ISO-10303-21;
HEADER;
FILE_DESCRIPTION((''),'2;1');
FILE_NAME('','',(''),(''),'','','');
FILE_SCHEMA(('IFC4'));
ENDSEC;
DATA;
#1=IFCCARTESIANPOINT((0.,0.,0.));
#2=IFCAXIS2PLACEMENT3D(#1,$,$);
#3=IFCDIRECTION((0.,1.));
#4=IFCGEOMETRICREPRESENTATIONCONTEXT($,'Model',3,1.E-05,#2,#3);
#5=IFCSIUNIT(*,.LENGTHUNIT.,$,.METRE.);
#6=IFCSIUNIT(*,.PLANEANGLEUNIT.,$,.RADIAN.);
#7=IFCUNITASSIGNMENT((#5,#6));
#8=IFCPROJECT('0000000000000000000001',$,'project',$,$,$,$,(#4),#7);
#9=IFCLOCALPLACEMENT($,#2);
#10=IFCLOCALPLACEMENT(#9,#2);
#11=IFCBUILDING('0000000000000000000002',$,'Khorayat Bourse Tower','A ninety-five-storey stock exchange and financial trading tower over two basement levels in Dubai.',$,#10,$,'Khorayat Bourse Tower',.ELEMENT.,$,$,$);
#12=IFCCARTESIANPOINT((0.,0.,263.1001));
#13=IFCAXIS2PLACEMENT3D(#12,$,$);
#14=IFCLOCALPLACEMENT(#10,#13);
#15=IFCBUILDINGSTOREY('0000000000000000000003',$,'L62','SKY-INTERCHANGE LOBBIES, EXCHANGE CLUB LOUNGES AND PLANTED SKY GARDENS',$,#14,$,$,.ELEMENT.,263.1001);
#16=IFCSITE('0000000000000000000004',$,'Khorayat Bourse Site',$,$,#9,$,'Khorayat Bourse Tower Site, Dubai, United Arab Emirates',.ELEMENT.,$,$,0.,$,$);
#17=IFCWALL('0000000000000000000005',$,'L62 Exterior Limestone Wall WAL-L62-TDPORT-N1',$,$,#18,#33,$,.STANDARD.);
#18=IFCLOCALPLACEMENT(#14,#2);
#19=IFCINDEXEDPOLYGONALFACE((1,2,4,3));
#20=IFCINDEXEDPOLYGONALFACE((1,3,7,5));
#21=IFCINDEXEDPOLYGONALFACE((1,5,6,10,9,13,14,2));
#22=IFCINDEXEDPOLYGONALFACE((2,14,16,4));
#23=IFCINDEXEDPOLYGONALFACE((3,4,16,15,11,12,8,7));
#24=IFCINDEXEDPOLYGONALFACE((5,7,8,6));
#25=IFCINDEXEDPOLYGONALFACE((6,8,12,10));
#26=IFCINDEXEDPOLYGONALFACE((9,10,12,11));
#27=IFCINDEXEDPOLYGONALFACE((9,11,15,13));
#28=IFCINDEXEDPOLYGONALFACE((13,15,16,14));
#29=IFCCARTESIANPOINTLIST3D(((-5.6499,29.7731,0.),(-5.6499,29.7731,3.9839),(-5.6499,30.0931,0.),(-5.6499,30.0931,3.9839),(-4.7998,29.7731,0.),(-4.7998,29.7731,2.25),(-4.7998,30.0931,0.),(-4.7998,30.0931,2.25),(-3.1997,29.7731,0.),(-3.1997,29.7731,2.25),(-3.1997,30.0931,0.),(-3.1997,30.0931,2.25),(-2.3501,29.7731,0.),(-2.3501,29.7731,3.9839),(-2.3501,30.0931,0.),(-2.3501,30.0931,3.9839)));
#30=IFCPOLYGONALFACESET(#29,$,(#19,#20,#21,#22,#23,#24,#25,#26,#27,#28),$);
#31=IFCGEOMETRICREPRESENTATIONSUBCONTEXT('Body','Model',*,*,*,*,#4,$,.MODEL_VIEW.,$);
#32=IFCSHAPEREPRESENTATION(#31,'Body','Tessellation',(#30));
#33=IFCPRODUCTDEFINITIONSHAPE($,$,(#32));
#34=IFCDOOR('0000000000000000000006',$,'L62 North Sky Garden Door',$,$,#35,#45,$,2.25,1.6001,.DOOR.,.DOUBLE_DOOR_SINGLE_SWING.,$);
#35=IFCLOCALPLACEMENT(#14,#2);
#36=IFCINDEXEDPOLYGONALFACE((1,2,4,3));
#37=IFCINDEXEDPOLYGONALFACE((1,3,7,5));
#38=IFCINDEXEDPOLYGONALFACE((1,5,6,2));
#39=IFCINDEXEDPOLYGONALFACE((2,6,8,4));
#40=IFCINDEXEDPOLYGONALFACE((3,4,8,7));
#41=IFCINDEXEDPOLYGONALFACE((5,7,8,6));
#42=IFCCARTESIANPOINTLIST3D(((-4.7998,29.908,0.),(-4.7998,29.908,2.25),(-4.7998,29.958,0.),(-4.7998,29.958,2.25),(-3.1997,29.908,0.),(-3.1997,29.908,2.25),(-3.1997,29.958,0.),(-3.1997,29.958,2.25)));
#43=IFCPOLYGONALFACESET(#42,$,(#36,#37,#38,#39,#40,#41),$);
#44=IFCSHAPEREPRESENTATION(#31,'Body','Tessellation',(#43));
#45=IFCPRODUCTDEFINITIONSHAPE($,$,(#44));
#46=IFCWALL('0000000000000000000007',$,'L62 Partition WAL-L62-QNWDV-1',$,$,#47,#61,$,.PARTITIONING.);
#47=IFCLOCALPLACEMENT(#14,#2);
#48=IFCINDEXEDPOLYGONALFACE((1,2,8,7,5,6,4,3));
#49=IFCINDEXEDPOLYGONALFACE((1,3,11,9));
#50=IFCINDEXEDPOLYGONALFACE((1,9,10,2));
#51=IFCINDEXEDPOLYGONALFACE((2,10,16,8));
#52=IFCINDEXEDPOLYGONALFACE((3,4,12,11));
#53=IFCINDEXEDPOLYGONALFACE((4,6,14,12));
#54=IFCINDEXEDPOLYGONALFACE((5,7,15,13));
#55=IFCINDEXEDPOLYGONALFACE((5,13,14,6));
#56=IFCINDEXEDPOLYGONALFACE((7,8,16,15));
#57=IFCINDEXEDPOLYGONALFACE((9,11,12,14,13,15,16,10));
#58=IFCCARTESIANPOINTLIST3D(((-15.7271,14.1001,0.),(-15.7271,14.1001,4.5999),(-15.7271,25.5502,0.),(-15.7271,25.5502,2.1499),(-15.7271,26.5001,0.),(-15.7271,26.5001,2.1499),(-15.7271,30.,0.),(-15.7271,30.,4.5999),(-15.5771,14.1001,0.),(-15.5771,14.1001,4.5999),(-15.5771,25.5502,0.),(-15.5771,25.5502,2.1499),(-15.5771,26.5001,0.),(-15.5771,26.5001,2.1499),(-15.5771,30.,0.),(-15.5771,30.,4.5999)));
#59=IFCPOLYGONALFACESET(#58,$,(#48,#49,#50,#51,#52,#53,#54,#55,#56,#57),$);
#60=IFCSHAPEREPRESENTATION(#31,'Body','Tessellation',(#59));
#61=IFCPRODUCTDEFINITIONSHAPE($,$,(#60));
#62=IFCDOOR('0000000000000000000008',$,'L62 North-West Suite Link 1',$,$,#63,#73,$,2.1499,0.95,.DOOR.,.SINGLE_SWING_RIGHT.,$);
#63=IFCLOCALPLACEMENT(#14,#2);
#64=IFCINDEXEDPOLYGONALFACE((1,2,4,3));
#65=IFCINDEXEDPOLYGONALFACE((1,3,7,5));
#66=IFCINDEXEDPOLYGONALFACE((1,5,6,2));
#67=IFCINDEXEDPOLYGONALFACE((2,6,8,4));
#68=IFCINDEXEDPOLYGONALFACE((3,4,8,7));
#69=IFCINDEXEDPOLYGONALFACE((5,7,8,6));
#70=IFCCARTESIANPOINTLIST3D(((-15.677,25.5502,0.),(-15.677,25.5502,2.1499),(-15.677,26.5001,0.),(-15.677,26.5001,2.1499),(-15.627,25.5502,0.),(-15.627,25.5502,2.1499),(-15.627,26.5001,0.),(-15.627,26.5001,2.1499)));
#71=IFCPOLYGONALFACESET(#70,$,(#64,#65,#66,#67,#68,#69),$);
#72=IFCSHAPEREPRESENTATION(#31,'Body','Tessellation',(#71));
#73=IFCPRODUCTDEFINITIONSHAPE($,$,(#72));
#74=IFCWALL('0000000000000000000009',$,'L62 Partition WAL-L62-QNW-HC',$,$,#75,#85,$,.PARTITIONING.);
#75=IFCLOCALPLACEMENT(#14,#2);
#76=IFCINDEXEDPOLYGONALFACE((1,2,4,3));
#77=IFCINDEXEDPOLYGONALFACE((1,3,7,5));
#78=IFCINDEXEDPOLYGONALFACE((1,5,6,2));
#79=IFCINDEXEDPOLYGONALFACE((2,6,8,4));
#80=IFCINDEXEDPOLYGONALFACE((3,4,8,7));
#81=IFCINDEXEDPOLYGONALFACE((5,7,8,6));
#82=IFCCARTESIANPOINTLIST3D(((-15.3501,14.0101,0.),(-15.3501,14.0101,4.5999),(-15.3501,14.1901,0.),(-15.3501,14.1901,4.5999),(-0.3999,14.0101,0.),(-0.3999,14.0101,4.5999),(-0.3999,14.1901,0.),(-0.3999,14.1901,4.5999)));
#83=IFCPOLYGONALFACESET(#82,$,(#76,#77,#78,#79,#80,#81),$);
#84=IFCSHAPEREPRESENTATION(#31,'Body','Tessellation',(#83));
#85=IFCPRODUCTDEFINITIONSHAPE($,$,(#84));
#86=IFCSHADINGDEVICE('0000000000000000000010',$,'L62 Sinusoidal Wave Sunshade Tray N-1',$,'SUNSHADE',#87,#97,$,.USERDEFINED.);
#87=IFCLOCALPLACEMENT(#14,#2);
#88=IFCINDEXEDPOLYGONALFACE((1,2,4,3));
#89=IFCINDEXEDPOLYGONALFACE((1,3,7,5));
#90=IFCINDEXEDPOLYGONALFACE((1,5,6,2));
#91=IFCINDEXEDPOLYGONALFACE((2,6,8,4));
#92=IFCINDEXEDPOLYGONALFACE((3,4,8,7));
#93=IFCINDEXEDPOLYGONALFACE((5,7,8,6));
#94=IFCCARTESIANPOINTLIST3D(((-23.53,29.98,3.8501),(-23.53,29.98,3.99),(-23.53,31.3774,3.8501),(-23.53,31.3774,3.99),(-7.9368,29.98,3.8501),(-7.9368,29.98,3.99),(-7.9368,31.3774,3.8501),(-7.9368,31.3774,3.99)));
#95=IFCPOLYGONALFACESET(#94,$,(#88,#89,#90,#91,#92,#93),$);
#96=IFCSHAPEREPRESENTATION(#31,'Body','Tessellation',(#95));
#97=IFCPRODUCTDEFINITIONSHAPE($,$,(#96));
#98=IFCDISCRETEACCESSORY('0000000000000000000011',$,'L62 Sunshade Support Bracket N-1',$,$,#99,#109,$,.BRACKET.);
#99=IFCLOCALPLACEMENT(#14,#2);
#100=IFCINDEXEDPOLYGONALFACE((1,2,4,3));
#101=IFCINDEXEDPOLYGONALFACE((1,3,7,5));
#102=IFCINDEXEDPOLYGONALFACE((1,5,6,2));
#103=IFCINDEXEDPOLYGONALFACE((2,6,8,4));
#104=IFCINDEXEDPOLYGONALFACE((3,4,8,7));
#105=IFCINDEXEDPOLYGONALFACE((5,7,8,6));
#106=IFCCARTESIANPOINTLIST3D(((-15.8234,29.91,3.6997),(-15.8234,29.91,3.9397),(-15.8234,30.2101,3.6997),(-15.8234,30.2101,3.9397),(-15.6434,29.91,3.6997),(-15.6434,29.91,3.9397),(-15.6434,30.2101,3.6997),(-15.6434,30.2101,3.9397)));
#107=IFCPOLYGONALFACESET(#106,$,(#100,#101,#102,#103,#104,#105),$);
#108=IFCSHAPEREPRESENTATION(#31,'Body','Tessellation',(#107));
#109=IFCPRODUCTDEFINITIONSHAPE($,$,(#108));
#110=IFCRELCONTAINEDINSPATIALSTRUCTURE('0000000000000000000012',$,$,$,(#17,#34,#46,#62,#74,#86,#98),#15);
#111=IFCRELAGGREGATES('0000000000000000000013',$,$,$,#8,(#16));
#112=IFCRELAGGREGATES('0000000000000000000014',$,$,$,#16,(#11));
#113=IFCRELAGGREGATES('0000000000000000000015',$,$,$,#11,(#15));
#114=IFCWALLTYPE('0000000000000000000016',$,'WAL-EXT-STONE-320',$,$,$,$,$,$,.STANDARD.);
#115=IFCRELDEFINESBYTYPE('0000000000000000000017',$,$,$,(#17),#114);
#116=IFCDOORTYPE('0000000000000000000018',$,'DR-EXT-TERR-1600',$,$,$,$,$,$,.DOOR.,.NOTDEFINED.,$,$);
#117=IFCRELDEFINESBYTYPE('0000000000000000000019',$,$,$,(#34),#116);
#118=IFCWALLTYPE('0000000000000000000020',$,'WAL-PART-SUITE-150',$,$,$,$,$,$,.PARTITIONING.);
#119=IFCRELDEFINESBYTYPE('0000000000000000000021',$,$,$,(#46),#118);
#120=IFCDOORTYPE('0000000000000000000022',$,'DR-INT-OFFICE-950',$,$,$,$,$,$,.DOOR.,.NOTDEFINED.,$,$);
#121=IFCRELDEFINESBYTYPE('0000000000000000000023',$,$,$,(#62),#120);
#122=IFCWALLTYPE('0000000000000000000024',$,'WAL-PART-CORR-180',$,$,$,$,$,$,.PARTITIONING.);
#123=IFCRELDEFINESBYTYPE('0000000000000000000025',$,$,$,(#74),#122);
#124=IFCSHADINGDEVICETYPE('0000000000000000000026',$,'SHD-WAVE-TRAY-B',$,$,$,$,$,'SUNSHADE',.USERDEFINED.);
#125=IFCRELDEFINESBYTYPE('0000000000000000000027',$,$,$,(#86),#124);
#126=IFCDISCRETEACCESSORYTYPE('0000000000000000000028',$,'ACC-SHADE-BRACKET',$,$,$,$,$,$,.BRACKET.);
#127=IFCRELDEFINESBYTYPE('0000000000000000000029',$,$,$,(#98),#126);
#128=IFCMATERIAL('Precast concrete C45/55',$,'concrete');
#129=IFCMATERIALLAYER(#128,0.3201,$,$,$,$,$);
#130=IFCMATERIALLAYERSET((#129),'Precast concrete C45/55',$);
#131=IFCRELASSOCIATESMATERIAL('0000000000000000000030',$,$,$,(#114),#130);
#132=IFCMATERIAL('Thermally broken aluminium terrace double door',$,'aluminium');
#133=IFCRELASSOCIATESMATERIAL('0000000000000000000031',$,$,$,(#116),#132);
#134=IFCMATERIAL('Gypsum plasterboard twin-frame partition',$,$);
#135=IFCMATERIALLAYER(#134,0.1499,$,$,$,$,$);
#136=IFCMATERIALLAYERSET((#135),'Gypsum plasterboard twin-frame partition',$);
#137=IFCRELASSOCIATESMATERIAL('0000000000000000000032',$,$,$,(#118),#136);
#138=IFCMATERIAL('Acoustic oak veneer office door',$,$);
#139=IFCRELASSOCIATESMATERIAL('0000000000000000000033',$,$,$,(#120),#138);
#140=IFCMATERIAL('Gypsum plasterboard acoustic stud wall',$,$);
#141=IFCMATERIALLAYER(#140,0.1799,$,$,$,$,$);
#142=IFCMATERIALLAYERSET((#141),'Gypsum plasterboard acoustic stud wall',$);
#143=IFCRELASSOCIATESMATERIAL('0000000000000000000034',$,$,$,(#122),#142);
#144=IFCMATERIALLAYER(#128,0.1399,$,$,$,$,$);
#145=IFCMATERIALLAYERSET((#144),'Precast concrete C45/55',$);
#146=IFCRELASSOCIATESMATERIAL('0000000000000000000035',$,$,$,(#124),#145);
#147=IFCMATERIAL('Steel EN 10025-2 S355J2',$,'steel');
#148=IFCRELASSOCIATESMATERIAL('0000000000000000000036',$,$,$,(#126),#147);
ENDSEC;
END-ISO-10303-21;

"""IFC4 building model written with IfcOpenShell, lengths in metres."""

from ifc_helpers import new_model, si_unit, direction, frame, frame_2d, origin, origin_2d, place, context, subcontext, project, spatial, rectangle, extrude, source, transform, mapped, material, layer, layer_set, type_object, element, fill, save


model = new_model("IFC4")

# Units and contexts
model_context = context("Model", 3, precision=1e-05, world=origin(), true_north=direction((0.0, 1.0)))
body_context = subcontext(model_context, "Body", "Model", "MODEL_VIEW")
ifc_project = project(units=[si_unit("LENGTHUNIT", "METRE"), si_unit("PLANEANGLEUNIT", "RADIAN")], contexts=[model_context])

# Site, building, storey
site_placement = place(None, origin())
site = spatial("IfcSite", under=ifc_project, at=site_placement, Name="Khorayat Bourse Site", LongName="Khorayat Bourse Tower Site, Dubai, United Arab Emirates", CompositionType="ELEMENT", RefElevation=0.0)
building_placement = place(site_placement, origin())
building = spatial("IfcBuilding", under=site, at=building_placement, Name="Khorayat Bourse Tower", Description="A ninety-five-storey stock exchange and financial trading tower over two basement levels in Dubai.", LongName="Khorayat Bourse Tower", CompositionType="ELEMENT")
storey_placement = place(building_placement, frame((0.0, 0.0, 263.1001)))
storey = spatial("IfcBuildingStorey", under=building, at=storey_placement, Name="L62", Description="SKY-INTERCHANGE LOBBIES, EXCHANGE CLUB LOUNGES AND PLANTED SKY GARDENS", CompositionType="ELEMENT", Elevation=263.1001)

# Shared definitions
ifc_material_1 = material(Name="Steel EN 10025-2 S355J2", Category="steel")

# Walls, openings, doors
ifc_material_2 = material(Name="Precast concrete C45/55", Category="concrete")
ifc_layer_1 = layer(ifc_material_2, 0.3201)
ifc_layer_set_1 = layer_set([ifc_layer_1], Name="Precast concrete C45/55")
wall_type_1 = type_object("IfcWallType", Name="WAL-EXT-STONE-320", PredefinedType="STANDARD", material=ifc_layer_set_1)
shared_shape_1 = source(origin(), body_context, "Body", "SweptSolid", [
    extrude(rectangle(XDim=3.2998, YDim=0.3201, at=frame_2d((1.6499, 0.0))), origin(), (0.0, 0.0, 1.0), 3.9839),
])
wall_1_placement = place(storey_placement, frame((-5.6499, 29.9331, 0.0), z_axis=(0.0, 0.0, 1.0), x_axis=(1.0, 0.0, 0.0)))
wall_1 = element("IfcWall", 1, at=wall_1_placement, inside=storey, type_object=wall_type_1, Name="L62 Exterior Limestone Wall WAL-L62-TDPORT-N1", PredefinedType="STANDARD", context=body_context, shape_type="MappedRepresentation", body=[
    mapped(shared_shape_1, transform((0.0, 0.0, 0.0), scale=1.0)),
])
shared_shape_2 = source(origin(), body_context, "Body", "SweptSolid", [
    extrude(rectangle(XDim=1.6001, YDim=2.25, at=frame_2d((0.8, 1.125))), frame((0.0, 0.1699, 0.0), z_axis=(0.0, -1.0, 0.0), x_axis=(1.0, 0.0, 0.0)), (0.0, 0.0, 1.0), 0.3401),
])
opening_1_placement = place(wall_1_placement, frame((0.8501, 0.0, 0.0)))
opening_1 = element("IfcOpeningElement", 2, at=opening_1_placement, cuts=wall_1, PredefinedType="OPENING", context=body_context, shape_type="MappedRepresentation", body=[
    mapped(shared_shape_2, transform((0.0, 0.0, 0.0), scale=1.0)),
])
ifc_material_3 = material(Name="Thermally broken aluminium terrace double door", Category="aluminium")
door_type_1 = type_object("IfcDoorType", Name="DR-EXT-TERR-1600", OperationType="NOTDEFINED", PredefinedType="DOOR", material=ifc_material_3)
shared_shape_3 = source(origin(), body_context, "Body", "SweptSolid", [
    extrude(rectangle(XDim=1.6001, YDim=2.25, at=frame_2d((0.8, 1.125))), frame((0.0, 0.0249, 0.0), z_axis=(0.0, -1.0, 0.0), x_axis=(1.0, 0.0, 0.0)), (0.0, 0.0, 1.0), 0.05),
])
door_1_placement = place(opening_1_placement, origin())
door_1 = element("IfcDoor", 3, at=door_1_placement, inside=storey, type_object=door_type_1, Name="L62 North Sky Garden Door", OperationType="DOUBLE_DOOR_SINGLE_SWING", OverallHeight=2.25, OverallWidth=1.6001, PredefinedType="DOOR", context=body_context, shape_type="MappedRepresentation", body=[
    mapped(shared_shape_3, transform((0.0, 0.0, 0.0), scale=1.0)),
])
fill(opening_1, door_1)
ifc_material_4 = material(Name="Gypsum plasterboard twin-frame partition")
ifc_layer_2 = layer(ifc_material_4, 0.1499)
ifc_layer_set_2 = layer_set([ifc_layer_2], Name="Gypsum plasterboard twin-frame partition")
wall_type_2 = type_object("IfcWallType", Name="WAL-PART-SUITE-150", PredefinedType="PARTITIONING", material=ifc_layer_set_2)
shared_shape_4 = source(origin(), body_context, "Body", "SweptSolid", [
    extrude(rectangle(XDim=15.8999, YDim=0.1499, at=frame_2d((7.95, 0.0))), origin(), (0.0, 0.0, 1.0), 4.5999),
])
wall_2_placement = place(storey_placement, frame((-15.6521, 14.1001, 0.0), z_axis=(0.0, 0.0, 1.0), x_axis=(0.0, 1.0, 0.0)))
wall_2 = element("IfcWall", 4, at=wall_2_placement, inside=storey, type_object=wall_type_2, Name="L62 Partition WAL-L62-QNWDV-1", PredefinedType="PARTITIONING", context=body_context, shape_type="MappedRepresentation", body=[
    mapped(shared_shape_4, transform((0.0, 0.0, 0.0), scale=1.0)),
])
shared_shape_5 = source(origin(), body_context, "Body", "SweptSolid", [
    extrude(rectangle(XDim=0.95, YDim=2.1499, at=frame_2d((0.4751, 1.075))), frame((0.0, 0.085, 0.0), z_axis=(0.0, -1.0, 0.0), x_axis=(1.0, 0.0, 0.0)), (0.0, 0.0, 1.0), 0.1699),
])
opening_2_placement = place(wall_2_placement, frame((11.45, 0.0, 0.0)))
opening_2 = element("IfcOpeningElement", 5, at=opening_2_placement, cuts=wall_2, PredefinedType="OPENING", context=body_context, shape_type="MappedRepresentation", body=[
    mapped(shared_shape_5, transform((0.0, 0.0, 0.0), scale=1.0)),
])
ifc_material_5 = material(Name="Acoustic oak veneer office door")
door_type_2 = type_object("IfcDoorType", Name="DR-INT-OFFICE-950", OperationType="NOTDEFINED", PredefinedType="DOOR", material=ifc_material_5)
shared_shape_6 = source(origin(), body_context, "Body", "SweptSolid", [
    extrude(rectangle(XDim=0.95, YDim=2.1499, at=frame_2d((0.4751, 1.075))), frame((0.0, 0.0249, 0.0), z_axis=(0.0, -1.0, 0.0), x_axis=(1.0, 0.0, 0.0)), (0.0, 0.0, 1.0), 0.05),
])
door_2_placement = place(opening_2_placement, origin())
door_2 = element("IfcDoor", 6, at=door_2_placement, inside=storey, type_object=door_type_2, Name="L62 North-West Suite Link 1", OperationType="SINGLE_SWING_RIGHT", OverallHeight=2.1499, OverallWidth=0.95, PredefinedType="DOOR", context=body_context, shape_type="MappedRepresentation", body=[
    mapped(shared_shape_6, transform((0.0, 0.0, 0.0), scale=1.0)),
])
fill(opening_2, door_2)

# Wall
ifc_material_6 = material(Name="Gypsum plasterboard acoustic stud wall")
ifc_layer_3 = layer(ifc_material_6, 0.1799)
ifc_layer_set_3 = layer_set([ifc_layer_3], Name="Gypsum plasterboard acoustic stud wall")
wall_type_3 = type_object("IfcWallType", Name="WAL-PART-CORR-180", PredefinedType="PARTITIONING", material=ifc_layer_set_3)
shared_shape_7 = source(origin(), body_context, "Body", "SweptSolid", [
    extrude(rectangle(XDim=14.9502, YDim=0.1799, at=frame_2d((7.4751, 0.0))), origin(), (0.0, 0.0, 1.0), 4.5999),
])
wall_3_placement = place(storey_placement, frame((-15.3501, 14.1001, 0.0), z_axis=(0.0, 0.0, 1.0), x_axis=(1.0, 0.0, 0.0)))
element("IfcWall", 7, at=wall_3_placement, inside=storey, type_object=wall_type_3, Name="L62 Partition WAL-L62-QNW-HC", PredefinedType="PARTITIONING", context=body_context, shape_type="MappedRepresentation", body=[
    mapped(shared_shape_7, transform((0.0, 0.0, 0.0), scale=1.0)),
])

# Shading device
ifc_layer_4 = layer(ifc_material_2, 0.1399)
ifc_layer_set_4 = layer_set([ifc_layer_4], Name="Precast concrete C45/55")
shading_device_type = type_object("IfcShadingDeviceType", Name="SHD-WAVE-TRAY-B", ElementType="SUNSHADE", PredefinedType="USERDEFINED", material=ifc_layer_set_4)
shared_shape_8 = source(origin(), body_context, "Body", "SweptSolid", [
    extrude(rectangle(XDim=15.5933, YDim=1.3975, at=origin_2d()), origin(), (0.0, 0.0, 1.0), 0.1399),
])
shading_device_placement = place(storey_placement, frame((-15.7334, 30.6787, 3.8501), z_axis=(0.0, 0.0, 1.0), x_axis=(1.0, 0.0, 0.0)))
element("IfcShadingDevice", 8, at=shading_device_placement, inside=storey, type_object=shading_device_type, Name="L62 Sinusoidal Wave Sunshade Tray N-1", ObjectType="SUNSHADE", PredefinedType="USERDEFINED", context=body_context, shape_type="MappedRepresentation", body=[
    mapped(shared_shape_8, transform((0.0, 0.0, 0.0), scale=1.0)),
])

# Discrete accessory
discrete_accessory_type = type_object("IfcDiscreteAccessoryType", Name="ACC-SHADE-BRACKET", PredefinedType="BRACKET", material=ifc_material_1)
shared_shape_9 = source(origin(), body_context, "Body", "SweptSolid", [
    extrude(rectangle(XDim=0.1799, YDim=0.3, at=origin_2d()), origin(), (0.0, 0.0, 1.0), 0.24),
])
discrete_accessory_placement = place(storey_placement, frame((-15.7334, 30.0601, 3.6997), z_axis=(0.0, 0.0, 1.0), x_axis=(1.0, 0.0, 0.0)))
element("IfcDiscreteAccessory", 9, at=discrete_accessory_placement, inside=storey, type_object=discrete_accessory_type, Name="L62 Sunshade Support Bracket N-1", PredefinedType="BRACKET", context=body_context, shape_type="MappedRepresentation", body=[
    mapped(shared_shape_9, transform((0.0, 0.0, 0.0), scale=1.0)),
])

save(model, "model.ifc")
